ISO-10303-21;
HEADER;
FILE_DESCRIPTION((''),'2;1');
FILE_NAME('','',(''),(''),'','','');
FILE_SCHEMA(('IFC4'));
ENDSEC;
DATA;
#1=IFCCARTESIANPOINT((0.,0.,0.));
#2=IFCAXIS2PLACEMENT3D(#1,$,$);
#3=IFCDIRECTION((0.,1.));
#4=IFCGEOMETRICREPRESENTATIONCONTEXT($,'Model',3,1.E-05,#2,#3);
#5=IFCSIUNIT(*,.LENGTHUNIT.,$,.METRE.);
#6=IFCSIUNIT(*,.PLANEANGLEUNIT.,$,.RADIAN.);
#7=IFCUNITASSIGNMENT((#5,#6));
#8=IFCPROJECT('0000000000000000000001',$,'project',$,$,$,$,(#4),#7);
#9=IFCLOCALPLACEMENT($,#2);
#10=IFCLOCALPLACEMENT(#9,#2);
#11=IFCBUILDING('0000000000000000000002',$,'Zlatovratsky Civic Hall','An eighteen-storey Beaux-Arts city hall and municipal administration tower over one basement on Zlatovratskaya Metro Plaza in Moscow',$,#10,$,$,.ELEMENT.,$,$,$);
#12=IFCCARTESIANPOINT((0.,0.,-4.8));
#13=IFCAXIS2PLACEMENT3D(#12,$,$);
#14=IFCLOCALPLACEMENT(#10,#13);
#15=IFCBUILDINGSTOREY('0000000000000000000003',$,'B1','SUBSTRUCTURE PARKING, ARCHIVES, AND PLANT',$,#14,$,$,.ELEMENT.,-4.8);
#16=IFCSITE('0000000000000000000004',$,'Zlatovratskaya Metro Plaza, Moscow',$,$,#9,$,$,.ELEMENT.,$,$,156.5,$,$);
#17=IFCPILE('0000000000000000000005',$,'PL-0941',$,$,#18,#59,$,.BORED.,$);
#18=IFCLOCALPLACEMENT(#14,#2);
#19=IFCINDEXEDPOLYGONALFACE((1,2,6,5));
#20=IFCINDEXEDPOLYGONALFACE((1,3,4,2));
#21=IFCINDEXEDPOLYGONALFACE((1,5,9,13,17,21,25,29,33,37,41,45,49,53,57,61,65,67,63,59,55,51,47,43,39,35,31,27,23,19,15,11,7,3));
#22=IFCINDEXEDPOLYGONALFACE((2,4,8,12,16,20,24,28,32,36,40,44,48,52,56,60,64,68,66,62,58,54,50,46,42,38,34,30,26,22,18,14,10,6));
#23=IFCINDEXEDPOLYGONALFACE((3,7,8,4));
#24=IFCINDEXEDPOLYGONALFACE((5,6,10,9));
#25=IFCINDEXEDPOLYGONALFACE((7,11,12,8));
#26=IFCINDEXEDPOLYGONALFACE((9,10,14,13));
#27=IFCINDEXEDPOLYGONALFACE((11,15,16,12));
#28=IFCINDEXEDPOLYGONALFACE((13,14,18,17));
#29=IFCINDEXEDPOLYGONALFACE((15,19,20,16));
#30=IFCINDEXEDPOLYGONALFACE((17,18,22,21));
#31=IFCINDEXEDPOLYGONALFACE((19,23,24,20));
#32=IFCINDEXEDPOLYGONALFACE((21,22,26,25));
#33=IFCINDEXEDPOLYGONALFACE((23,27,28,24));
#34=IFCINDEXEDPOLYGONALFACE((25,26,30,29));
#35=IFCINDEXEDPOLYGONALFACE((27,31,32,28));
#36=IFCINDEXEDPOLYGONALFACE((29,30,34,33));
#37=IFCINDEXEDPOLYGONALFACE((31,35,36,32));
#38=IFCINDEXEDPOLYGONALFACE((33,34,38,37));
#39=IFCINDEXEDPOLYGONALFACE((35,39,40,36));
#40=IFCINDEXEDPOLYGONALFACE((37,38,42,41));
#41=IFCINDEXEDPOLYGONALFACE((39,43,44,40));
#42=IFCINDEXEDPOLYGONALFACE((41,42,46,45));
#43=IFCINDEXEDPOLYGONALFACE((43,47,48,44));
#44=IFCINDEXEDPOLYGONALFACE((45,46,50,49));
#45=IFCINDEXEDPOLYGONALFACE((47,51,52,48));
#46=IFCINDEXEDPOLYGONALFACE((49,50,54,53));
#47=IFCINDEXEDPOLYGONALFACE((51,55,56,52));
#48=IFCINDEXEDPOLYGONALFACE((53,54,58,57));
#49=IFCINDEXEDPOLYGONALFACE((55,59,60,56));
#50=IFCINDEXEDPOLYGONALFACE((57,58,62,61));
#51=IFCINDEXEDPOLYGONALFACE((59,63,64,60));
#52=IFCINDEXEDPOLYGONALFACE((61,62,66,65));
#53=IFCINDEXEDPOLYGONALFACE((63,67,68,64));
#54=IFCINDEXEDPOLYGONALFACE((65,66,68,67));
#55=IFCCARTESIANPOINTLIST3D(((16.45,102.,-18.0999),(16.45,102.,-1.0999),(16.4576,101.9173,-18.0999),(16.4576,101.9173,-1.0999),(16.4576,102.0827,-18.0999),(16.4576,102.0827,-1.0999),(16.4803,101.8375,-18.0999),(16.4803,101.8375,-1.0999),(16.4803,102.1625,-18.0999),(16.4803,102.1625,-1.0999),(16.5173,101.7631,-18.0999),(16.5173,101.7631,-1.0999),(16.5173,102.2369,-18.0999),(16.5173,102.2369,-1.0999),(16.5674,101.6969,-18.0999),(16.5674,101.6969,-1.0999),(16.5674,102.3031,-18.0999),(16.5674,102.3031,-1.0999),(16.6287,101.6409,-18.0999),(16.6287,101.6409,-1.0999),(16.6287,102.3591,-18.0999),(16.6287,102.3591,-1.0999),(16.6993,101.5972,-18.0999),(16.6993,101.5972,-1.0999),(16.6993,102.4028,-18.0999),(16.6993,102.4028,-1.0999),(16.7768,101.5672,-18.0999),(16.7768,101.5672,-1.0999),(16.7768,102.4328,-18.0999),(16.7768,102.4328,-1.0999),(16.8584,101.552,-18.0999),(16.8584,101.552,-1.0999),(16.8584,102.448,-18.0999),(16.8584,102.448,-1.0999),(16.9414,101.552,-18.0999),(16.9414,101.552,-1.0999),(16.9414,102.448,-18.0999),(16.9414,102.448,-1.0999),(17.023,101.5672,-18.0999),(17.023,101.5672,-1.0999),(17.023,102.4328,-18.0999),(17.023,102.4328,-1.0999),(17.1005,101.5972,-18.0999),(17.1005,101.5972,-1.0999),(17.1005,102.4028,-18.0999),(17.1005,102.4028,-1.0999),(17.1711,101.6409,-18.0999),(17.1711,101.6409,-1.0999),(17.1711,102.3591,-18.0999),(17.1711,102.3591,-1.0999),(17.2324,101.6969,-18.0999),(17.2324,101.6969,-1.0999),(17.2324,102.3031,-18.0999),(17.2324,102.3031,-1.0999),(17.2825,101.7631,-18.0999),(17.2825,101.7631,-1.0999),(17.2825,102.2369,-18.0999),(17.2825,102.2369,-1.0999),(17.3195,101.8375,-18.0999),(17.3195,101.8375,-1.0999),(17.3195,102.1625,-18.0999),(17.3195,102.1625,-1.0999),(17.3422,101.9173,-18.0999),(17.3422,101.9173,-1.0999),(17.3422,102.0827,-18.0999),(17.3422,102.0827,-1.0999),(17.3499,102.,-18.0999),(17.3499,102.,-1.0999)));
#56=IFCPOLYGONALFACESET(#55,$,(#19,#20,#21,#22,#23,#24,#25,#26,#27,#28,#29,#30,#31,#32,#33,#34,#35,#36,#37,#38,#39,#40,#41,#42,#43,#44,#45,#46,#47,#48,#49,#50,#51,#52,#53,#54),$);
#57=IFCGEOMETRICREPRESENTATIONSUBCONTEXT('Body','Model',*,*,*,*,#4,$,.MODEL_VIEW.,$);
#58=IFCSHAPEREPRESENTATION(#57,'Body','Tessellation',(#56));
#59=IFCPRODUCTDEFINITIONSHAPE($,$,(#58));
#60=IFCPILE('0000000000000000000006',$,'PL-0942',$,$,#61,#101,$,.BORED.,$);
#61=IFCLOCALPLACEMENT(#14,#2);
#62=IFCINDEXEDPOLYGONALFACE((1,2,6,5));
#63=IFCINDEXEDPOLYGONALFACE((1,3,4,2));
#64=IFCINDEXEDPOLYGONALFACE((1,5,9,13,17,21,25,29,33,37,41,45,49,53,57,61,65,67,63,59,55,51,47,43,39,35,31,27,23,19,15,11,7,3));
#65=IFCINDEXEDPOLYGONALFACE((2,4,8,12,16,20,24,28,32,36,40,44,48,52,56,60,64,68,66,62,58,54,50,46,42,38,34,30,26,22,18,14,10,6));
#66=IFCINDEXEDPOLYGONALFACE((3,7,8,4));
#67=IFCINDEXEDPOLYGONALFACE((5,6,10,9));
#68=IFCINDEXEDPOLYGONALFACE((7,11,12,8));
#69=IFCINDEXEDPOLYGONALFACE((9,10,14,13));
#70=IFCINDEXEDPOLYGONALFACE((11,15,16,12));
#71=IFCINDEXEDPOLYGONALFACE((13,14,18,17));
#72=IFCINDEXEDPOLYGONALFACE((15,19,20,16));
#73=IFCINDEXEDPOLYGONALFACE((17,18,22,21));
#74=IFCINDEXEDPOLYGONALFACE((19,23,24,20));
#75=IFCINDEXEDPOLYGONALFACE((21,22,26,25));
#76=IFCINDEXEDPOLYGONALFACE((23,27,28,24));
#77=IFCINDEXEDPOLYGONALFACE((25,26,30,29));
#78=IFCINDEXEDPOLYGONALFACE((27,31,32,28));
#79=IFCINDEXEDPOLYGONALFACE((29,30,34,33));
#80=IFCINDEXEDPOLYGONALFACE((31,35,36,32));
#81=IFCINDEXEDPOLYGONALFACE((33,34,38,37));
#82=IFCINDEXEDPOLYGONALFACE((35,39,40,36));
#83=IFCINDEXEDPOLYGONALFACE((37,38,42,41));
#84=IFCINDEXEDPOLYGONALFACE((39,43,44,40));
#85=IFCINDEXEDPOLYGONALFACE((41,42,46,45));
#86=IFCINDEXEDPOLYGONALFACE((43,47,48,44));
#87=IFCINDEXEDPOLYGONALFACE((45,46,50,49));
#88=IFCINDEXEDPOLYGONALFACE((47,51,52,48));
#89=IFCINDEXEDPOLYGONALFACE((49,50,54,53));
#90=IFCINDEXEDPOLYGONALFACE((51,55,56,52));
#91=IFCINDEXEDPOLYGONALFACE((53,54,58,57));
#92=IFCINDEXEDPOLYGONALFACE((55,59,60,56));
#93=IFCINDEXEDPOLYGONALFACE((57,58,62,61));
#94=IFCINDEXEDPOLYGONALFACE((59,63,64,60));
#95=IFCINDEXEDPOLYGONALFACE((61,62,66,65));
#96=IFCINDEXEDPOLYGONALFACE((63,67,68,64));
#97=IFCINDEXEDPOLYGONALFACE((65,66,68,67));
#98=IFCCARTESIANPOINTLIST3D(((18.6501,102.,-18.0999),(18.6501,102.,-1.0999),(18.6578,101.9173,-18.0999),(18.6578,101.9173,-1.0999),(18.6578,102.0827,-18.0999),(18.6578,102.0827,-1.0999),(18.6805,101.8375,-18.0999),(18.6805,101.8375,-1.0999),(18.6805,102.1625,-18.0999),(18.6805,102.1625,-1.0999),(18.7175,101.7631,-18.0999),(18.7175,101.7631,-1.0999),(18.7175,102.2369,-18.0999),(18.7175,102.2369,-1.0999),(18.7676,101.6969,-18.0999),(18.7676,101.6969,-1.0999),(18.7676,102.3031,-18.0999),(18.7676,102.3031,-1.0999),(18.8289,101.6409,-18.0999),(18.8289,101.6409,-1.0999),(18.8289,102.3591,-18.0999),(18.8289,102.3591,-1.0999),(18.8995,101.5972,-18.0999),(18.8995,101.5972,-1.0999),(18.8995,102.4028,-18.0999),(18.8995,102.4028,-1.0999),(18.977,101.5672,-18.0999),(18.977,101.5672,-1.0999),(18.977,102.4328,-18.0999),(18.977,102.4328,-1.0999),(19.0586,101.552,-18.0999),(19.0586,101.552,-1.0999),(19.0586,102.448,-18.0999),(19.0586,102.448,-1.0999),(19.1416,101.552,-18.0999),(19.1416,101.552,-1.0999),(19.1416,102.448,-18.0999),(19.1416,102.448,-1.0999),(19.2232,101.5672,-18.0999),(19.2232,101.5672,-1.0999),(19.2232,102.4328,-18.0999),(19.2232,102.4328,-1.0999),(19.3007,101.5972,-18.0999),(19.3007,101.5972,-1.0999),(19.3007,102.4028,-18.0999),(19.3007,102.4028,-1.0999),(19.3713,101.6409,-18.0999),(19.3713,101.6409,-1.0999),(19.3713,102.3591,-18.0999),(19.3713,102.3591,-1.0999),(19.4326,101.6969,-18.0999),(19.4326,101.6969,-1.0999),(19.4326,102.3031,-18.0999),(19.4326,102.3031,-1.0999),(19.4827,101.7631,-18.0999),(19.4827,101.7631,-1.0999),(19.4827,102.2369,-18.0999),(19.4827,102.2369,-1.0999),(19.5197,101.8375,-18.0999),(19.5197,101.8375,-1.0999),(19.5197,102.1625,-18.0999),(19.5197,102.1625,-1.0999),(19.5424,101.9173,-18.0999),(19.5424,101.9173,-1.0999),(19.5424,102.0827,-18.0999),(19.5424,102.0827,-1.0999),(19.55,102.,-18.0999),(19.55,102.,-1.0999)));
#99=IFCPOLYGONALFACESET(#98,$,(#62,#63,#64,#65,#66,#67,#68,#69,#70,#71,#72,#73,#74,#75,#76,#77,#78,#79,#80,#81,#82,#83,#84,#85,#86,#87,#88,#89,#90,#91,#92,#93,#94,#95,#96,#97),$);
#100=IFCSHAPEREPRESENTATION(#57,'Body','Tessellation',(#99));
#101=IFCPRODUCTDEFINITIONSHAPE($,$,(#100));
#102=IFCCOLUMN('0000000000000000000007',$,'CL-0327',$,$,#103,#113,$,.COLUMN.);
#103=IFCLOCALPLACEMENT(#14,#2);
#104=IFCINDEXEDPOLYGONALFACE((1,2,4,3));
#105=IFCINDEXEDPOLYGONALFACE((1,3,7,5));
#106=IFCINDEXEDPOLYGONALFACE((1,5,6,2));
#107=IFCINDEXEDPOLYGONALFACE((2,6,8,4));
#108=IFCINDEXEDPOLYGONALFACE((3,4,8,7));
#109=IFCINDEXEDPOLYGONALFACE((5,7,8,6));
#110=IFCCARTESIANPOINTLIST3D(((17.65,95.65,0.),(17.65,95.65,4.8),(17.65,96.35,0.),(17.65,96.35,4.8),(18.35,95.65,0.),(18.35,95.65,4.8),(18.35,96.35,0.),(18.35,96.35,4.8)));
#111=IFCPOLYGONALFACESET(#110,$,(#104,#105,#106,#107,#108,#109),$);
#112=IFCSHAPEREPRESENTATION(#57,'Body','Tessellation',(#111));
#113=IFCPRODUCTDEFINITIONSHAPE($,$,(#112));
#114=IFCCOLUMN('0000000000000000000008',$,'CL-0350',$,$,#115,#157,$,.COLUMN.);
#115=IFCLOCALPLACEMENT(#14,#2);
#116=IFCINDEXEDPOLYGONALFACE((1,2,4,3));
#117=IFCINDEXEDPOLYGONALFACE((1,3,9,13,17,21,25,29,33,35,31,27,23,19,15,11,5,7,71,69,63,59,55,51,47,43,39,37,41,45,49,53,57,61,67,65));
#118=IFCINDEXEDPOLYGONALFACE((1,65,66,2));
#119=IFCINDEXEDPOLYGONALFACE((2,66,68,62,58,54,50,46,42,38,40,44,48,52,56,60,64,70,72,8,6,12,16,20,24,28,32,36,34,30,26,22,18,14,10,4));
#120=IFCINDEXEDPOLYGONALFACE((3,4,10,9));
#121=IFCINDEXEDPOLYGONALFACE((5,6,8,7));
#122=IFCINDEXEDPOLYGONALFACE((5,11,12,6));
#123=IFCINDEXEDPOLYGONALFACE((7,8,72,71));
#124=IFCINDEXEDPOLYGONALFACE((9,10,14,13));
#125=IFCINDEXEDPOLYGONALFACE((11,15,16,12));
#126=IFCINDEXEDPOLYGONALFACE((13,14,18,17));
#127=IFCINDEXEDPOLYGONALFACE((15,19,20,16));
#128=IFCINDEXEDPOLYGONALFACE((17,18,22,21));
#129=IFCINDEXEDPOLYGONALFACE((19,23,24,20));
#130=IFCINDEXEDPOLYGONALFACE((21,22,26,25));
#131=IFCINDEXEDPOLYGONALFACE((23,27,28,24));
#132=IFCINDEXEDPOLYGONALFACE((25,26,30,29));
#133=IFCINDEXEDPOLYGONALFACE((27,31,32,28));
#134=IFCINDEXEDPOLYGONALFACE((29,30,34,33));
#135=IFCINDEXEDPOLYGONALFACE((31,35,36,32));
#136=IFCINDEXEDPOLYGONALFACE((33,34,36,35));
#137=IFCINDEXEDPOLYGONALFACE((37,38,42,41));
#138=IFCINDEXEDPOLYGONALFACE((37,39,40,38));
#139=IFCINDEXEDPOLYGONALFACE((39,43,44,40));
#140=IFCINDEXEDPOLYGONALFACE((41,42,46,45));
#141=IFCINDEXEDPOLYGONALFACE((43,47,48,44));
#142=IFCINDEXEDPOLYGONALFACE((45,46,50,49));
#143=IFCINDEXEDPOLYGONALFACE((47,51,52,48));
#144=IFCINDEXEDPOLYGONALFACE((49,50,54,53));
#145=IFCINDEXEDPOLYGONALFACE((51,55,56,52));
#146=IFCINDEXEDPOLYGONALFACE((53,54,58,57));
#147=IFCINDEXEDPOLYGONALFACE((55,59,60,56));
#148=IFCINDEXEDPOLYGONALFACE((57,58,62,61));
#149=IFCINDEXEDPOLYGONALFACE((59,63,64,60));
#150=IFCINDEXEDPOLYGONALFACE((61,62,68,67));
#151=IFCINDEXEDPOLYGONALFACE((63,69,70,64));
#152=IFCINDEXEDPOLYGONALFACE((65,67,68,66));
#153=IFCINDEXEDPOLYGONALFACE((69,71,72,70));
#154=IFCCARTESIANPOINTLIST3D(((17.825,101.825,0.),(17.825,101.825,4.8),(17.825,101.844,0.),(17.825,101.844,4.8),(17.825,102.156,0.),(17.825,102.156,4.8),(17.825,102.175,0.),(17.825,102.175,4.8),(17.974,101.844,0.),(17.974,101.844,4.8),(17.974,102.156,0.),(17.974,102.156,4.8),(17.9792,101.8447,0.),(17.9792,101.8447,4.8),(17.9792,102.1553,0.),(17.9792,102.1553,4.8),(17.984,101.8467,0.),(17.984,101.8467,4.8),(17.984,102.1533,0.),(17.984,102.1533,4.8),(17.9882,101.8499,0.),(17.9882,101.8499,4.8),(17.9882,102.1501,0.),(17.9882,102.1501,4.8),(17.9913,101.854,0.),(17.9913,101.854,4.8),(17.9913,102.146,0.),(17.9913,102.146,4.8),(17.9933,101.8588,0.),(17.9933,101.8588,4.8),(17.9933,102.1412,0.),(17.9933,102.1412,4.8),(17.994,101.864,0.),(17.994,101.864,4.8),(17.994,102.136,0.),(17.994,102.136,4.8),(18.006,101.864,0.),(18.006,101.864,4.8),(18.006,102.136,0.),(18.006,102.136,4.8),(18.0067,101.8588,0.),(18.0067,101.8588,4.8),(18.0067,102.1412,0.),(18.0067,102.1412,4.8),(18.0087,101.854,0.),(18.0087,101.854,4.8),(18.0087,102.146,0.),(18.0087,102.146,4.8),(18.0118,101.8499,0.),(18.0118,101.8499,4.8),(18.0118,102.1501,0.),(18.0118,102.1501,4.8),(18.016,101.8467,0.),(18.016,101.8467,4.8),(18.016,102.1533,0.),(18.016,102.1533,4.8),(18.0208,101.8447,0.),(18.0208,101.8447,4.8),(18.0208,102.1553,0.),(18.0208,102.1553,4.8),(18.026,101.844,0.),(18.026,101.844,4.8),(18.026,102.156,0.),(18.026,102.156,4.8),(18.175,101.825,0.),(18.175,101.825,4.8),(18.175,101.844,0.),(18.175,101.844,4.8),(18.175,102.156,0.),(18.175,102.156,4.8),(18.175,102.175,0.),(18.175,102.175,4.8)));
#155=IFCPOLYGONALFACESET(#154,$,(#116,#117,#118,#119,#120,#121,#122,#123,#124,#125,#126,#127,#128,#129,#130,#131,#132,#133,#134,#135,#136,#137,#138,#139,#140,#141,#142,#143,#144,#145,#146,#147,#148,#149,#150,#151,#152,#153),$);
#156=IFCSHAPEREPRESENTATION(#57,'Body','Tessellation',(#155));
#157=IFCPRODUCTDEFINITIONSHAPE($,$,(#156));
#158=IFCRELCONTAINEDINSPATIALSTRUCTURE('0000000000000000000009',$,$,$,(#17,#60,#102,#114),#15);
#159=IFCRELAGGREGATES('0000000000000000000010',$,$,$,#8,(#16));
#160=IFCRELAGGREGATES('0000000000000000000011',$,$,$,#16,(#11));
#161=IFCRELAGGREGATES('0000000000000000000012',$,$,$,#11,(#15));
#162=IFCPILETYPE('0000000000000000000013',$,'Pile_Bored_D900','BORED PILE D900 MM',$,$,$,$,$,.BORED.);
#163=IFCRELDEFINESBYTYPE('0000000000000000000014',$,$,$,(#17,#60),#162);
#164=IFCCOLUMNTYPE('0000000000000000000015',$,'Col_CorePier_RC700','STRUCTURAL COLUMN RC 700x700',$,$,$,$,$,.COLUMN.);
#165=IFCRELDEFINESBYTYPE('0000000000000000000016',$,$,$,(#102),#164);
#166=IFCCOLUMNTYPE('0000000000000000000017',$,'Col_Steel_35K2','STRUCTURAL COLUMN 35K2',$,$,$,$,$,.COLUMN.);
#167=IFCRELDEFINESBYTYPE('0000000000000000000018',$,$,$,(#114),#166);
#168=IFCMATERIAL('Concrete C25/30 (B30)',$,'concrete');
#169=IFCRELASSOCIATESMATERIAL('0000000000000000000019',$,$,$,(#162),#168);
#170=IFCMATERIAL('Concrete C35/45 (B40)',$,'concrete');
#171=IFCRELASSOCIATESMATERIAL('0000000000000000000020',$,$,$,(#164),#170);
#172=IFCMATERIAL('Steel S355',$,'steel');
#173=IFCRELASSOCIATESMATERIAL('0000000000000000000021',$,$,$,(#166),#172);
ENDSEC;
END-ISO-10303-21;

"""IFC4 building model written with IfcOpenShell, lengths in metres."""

from ifc_helpers import new_model, si_unit, direction, frame, origin, origin_2d, place, context, subcontext, project, spatial, rectangle, circle, i_section, extrude, material, material_profile, profile_set, type_object, element, save


model = new_model("IFC4")

# Units and contexts
model_context = context("Model", 3, precision=1e-05, world=origin(), true_north=direction((0.0, 1.0)))
body_context = subcontext(model_context, "Body", "Model", "MODEL_VIEW")
ifc_project = project(units=[si_unit("LENGTHUNIT", "METRE"), si_unit("PLANEANGLEUNIT", "RADIAN")], contexts=[model_context])

# Site, building, storey
site_placement = place(None, origin())
site = spatial("IfcSite", under=ifc_project, at=site_placement, Name="Zlatovratskaya Metro Plaza, Moscow", CompositionType="ELEMENT", RefElevation=156.5)
building_placement = place(site_placement, origin())
building = spatial("IfcBuilding", under=site, at=building_placement, Name="Zlatovratsky Civic Hall", Description="An eighteen-storey Beaux-Arts city hall and municipal administration tower over one basement on Zlatovratskaya Metro Plaza in Moscow", CompositionType="ELEMENT")
storey_placement = place(building_placement, frame((0.0, 0.0, -4.8)))
storey = spatial("IfcBuildingStorey", under=building, at=storey_placement, Name="B1", Description="SUBSTRUCTURE PARKING, ARCHIVES, AND PLANT", CompositionType="ELEMENT", Elevation=-4.8)

# Shared definitions
ifc_material_1 = material(Name="Concrete C25/30 (B30)", Category="concrete")

# Piles
ifc_material_profile_1 = material_profile(ifc_material_1, circle(Radius=0.45, at=origin_2d()), Name="PILE D900")
ifc_profile_set_1 = profile_set([ifc_material_profile_1], Name="Concrete C25/30 (B30)")
pile_type_1 = type_object("IfcPileType", Name="Pile_Bored_D900", Description="BORED PILE D900 MM", PredefinedType="BORED", material=ifc_profile_set_1)
for number, where, z_axis, x_axis, name in (
    (1, (16.8999, 102.0, -1.0999), (0.0, 0.0, -1.0), (1.0, 0.0, 0.0), "PL-0941"),
    (2, (19.1001, 102.0, -1.0999), (0.0, 0.0, -1.0), (1.0, 0.0, 0.0), "PL-0942"),
):
    element("IfcPile", number, at=place(storey_placement, frame(where, z_axis=z_axis, x_axis=x_axis)), inside=storey, type_object=pile_type_1, Name=name, PredefinedType="BORED", context=body_context, shape_type="SweptSolid", body=[
        extrude(circle(Radius=0.45, at=origin_2d()), origin(), (0.0, 0.0, 1.0), 17.0),
    ])

# Columns
ifc_material_2 = material(Name="Concrete C35/45 (B40)", Category="concrete")
ifc_material_profile_2 = material_profile(ifc_material_2, rectangle(XDim=0.7, YDim=0.7, at=origin_2d()), Name="RC 700x700")
ifc_profile_set_2 = profile_set([ifc_material_profile_2], Name="Concrete C35/45 (B40)")
column_type_1 = type_object("IfcColumnType", Name="Col_CorePier_RC700", Description="STRUCTURAL COLUMN RC 700x700", PredefinedType="COLUMN", material=ifc_profile_set_2)
column_1_placement = place(storey_placement, frame((18.0, 96.0, 0.0), z_axis=(0.0, 0.0, 1.0), x_axis=(1.0, 0.0, 0.0)))
element("IfcColumn", 3, at=column_1_placement, inside=storey, type_object=column_type_1, Name="CL-0327", PredefinedType="COLUMN", context=body_context, shape_type="SweptSolid", body=[
    extrude(rectangle(XDim=0.7, YDim=0.7, at=origin_2d()), origin(), (0.0, 0.0, 1.0), 4.8),
])
ifc_material_3 = material(Name="Steel S355", Category="steel")
ifc_material_profile_3 = material_profile(ifc_material_3, i_section(OverallWidth=0.3501, OverallDepth=0.3501, WebThickness=0.012, FlangeThickness=0.019, FilletRadius=0.02, at=origin_2d()), Name="35K2")
ifc_profile_set_3 = profile_set([ifc_material_profile_3], Name="Steel S355")
column_type_2 = type_object("IfcColumnType", Name="Col_Steel_35K2", Description="STRUCTURAL COLUMN 35K2", PredefinedType="COLUMN", material=ifc_profile_set_3)
column_2_placement = place(storey_placement, frame((18.0, 102.0, 0.0), z_axis=(0.0, 0.0, 1.0), x_axis=(1.0, 0.0, 0.0)))
element("IfcColumn", 4, at=column_2_placement, inside=storey, type_object=column_type_2, Name="CL-0350", PredefinedType="COLUMN", context=body_context, shape_type="SweptSolid", body=[
    extrude(i_section(OverallWidth=0.3501, OverallDepth=0.3501, WebThickness=0.012, FlangeThickness=0.019, FilletRadius=0.02, at=origin_2d()), origin(), (0.0, 0.0, 1.0), 4.8),
])

save(model, "model.ifc")
